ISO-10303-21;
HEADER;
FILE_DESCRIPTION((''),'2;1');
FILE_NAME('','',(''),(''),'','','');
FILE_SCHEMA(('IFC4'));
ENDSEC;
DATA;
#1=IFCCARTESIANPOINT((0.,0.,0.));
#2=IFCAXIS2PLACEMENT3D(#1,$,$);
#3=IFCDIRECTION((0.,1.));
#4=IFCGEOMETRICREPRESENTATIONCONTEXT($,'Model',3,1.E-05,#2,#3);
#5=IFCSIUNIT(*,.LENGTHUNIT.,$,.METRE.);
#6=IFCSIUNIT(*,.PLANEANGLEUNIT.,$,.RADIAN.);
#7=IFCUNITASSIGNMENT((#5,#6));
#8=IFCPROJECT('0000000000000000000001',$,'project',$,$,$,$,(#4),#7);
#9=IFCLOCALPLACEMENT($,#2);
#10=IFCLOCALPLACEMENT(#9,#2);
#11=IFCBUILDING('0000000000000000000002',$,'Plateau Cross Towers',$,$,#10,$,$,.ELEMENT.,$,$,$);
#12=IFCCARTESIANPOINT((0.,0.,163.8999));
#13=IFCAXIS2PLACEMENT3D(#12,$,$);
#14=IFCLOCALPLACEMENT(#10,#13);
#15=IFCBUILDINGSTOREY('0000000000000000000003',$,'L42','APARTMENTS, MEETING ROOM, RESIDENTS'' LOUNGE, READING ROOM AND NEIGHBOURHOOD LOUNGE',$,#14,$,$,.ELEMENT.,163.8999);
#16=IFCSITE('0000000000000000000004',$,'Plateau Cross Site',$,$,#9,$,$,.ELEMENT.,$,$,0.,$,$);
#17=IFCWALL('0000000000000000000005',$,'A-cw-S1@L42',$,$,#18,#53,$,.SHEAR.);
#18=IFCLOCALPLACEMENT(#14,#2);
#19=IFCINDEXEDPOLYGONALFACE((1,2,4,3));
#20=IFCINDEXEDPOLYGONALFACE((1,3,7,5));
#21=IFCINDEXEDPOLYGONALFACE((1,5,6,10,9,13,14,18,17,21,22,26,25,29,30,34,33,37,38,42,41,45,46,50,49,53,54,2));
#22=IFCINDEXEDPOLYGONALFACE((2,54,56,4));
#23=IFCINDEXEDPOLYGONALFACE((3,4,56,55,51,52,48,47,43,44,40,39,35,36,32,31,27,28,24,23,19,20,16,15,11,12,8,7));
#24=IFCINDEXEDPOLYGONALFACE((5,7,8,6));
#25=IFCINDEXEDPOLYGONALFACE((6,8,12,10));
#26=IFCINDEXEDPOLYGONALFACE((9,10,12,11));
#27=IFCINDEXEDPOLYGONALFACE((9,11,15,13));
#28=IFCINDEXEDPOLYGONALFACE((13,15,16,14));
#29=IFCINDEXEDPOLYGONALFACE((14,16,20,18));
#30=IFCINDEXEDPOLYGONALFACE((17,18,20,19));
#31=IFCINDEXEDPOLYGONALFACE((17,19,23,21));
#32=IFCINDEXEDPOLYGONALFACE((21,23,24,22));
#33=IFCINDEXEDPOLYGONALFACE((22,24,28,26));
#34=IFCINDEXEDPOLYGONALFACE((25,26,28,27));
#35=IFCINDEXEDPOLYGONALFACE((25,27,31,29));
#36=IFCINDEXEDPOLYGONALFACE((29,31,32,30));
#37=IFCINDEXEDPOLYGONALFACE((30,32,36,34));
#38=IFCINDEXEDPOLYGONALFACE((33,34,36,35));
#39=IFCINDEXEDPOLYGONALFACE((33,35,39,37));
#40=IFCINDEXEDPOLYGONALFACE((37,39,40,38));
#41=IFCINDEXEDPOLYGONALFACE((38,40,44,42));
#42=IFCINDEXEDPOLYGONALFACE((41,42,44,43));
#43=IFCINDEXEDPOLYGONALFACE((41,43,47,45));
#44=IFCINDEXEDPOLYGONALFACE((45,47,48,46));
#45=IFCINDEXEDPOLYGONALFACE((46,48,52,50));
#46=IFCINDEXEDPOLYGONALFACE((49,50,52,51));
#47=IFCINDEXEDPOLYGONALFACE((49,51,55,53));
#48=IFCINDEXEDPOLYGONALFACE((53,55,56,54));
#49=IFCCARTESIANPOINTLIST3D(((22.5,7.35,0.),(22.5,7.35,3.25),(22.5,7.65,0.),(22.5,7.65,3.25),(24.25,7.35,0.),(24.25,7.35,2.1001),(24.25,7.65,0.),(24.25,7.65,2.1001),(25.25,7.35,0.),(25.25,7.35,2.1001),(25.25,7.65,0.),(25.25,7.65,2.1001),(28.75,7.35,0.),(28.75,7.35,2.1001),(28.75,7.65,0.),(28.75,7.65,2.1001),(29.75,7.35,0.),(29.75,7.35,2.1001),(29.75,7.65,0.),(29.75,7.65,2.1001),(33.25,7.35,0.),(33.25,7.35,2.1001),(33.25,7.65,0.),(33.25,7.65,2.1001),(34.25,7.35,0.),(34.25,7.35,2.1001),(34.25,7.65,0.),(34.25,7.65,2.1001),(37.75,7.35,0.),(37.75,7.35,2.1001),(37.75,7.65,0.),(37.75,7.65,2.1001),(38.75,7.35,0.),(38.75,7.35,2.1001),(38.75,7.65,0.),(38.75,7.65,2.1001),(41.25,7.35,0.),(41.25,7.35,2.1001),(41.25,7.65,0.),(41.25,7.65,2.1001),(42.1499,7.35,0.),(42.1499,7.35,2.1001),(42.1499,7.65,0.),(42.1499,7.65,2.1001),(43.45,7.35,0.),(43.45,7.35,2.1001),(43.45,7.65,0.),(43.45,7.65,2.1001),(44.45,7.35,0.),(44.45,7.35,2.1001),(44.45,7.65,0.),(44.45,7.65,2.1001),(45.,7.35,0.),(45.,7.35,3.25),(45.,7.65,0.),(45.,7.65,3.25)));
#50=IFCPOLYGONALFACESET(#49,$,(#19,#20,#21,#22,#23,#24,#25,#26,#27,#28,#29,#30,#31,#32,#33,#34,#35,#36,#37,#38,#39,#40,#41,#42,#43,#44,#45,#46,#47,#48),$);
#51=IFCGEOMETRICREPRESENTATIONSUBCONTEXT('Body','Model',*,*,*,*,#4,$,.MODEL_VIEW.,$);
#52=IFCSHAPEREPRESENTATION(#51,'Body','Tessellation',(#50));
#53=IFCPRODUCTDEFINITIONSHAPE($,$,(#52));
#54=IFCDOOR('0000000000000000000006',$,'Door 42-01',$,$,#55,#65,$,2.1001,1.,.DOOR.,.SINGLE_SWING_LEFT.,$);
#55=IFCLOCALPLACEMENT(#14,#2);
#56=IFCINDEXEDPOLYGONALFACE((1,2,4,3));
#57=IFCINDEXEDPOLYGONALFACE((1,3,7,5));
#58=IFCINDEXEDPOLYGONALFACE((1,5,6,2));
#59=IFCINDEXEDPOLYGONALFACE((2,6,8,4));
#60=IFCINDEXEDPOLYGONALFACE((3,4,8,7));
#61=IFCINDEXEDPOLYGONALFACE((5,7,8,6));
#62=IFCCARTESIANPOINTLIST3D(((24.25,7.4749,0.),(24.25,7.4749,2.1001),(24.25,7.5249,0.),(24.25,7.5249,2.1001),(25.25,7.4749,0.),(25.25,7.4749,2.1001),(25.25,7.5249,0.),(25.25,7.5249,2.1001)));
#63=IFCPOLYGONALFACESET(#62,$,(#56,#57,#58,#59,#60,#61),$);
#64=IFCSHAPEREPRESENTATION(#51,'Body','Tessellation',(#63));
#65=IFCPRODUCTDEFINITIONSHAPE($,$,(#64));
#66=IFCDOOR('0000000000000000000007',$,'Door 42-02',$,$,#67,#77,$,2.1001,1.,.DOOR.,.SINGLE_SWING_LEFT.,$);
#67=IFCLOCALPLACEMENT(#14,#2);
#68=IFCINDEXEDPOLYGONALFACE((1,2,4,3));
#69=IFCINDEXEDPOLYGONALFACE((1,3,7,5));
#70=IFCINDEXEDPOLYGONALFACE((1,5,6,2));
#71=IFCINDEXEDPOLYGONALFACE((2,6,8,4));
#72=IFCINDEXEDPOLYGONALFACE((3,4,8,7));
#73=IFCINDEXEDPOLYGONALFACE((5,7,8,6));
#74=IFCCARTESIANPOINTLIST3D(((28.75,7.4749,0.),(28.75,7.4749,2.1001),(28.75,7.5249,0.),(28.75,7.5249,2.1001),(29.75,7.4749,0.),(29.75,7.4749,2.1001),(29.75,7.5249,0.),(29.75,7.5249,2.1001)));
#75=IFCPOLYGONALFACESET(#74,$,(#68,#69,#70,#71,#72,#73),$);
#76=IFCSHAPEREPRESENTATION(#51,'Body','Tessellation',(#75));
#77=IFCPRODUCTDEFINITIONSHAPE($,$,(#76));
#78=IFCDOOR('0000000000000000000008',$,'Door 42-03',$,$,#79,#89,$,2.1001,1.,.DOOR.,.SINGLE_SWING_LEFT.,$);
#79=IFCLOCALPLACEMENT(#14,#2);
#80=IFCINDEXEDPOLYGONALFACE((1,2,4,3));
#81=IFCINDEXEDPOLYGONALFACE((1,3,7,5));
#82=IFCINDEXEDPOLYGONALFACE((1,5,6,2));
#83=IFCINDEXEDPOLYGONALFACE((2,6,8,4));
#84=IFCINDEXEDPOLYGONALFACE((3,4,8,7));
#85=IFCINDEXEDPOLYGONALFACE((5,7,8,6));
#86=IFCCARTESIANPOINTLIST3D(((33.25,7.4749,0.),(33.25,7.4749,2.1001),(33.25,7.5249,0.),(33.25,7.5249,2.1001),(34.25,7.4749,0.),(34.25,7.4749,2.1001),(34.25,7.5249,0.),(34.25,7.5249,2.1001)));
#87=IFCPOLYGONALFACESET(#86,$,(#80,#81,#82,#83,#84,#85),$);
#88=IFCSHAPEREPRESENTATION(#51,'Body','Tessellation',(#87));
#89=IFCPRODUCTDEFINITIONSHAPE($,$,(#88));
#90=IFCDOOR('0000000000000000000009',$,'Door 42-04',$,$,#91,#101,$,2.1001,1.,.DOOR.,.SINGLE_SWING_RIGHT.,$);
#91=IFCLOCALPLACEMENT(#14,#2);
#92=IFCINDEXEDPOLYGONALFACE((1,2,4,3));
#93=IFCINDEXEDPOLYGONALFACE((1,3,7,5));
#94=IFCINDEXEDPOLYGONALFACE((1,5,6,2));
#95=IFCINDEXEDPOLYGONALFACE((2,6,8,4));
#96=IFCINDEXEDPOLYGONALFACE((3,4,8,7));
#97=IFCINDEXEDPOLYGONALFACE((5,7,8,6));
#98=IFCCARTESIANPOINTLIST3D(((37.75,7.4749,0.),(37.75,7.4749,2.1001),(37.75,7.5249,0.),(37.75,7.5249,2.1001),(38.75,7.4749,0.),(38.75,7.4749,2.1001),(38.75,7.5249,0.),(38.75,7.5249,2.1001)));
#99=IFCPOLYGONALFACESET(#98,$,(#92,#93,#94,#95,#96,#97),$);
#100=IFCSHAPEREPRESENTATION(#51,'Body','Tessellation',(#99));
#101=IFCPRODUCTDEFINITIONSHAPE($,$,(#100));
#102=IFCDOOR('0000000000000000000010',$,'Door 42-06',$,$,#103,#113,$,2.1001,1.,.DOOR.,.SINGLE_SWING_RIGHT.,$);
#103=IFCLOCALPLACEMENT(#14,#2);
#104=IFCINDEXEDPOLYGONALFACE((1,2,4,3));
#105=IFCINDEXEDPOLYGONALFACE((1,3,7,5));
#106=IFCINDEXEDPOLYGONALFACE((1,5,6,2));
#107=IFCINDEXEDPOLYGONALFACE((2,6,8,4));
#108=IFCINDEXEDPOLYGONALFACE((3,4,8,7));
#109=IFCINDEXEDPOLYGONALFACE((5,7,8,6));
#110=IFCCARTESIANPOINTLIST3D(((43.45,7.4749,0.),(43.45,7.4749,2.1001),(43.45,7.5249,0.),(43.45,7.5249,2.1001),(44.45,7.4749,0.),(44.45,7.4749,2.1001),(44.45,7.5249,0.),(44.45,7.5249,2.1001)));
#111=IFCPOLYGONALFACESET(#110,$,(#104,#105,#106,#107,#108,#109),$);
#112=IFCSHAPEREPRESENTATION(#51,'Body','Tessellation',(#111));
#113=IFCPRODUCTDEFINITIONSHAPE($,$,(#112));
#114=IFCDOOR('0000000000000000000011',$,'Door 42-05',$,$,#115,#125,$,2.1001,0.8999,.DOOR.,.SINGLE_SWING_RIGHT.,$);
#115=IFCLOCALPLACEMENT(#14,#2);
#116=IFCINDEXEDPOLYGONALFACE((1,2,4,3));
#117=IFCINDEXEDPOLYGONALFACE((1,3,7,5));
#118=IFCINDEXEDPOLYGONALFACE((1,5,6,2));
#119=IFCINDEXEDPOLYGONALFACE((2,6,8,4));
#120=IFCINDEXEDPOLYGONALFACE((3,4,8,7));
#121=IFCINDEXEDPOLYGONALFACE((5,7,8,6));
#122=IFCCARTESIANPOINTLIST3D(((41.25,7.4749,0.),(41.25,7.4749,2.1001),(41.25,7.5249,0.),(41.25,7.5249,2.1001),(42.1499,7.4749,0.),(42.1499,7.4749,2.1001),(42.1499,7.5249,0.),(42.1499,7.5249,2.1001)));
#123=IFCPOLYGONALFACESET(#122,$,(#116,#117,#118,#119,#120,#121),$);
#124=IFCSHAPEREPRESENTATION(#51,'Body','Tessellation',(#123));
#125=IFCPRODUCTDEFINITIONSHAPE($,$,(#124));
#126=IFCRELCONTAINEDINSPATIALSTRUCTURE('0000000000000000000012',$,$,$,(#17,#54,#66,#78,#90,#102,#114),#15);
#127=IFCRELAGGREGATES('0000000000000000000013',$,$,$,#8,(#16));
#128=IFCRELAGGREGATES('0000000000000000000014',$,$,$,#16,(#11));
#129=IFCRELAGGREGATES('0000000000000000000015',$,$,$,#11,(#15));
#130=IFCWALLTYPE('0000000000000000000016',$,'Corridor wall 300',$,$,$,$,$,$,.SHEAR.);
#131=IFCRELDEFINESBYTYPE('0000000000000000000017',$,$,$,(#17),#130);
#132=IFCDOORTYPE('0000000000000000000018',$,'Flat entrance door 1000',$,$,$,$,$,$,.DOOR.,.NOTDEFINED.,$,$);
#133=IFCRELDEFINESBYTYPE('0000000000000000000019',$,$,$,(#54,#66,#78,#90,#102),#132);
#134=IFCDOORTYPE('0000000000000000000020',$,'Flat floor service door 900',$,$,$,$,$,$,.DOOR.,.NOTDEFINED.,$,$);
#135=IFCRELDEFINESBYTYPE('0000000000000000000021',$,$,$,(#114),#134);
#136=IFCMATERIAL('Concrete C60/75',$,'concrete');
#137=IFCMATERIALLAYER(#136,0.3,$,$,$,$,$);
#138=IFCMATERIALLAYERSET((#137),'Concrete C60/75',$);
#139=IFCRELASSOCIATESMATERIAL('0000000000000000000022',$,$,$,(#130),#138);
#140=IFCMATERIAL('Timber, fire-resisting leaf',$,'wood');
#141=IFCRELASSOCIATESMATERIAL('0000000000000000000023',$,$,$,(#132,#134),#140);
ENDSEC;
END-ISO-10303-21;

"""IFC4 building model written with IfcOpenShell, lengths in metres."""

from ifc_helpers import new_model, si_unit, direction, frame, frame_2d, origin, place, context, subcontext, project, spatial, rectangle, extrude, material, layer, layer_set, type_object, element, fill, save


model = new_model("IFC4")

# Units and contexts
model_context = context("Model", 3, precision=1e-05, world=origin(), true_north=direction((0.0, 1.0)))
body_context = subcontext(model_context, "Body", "Model", "MODEL_VIEW")
ifc_project = project(units=[si_unit("LENGTHUNIT", "METRE"), si_unit("PLANEANGLEUNIT", "RADIAN")], contexts=[model_context])

# Site, building, storey
site_placement = place(None, origin())
site = spatial("IfcSite", under=ifc_project, at=site_placement, Name="Plateau Cross Site", CompositionType="ELEMENT", RefElevation=0.0)
building_placement = place(site_placement, origin())
building = spatial("IfcBuilding", under=site, at=building_placement, Name="Plateau Cross Towers", CompositionType="ELEMENT")
storey_placement = place(building_placement, frame((0.0, 0.0, 163.8999)))
storey = spatial("IfcBuildingStorey", under=building, at=storey_placement, Name="L42", Description="APARTMENTS, MEETING ROOM, RESIDENTS' LOUNGE, READING ROOM AND NEIGHBOURHOOD LOUNGE", CompositionType="ELEMENT", Elevation=163.8999)

# Shared definitions
ifc_material_1 = material(Name="Concrete C60/75", Category="concrete")

# Wall, openings, doors
ifc_layer_1 = layer(ifc_material_1, 0.3)
ifc_layer_set_1 = layer_set([ifc_layer_1], Name="Concrete C60/75")
wall_type_1 = type_object("IfcWallType", Name="Corridor wall 300", PredefinedType="SHEAR", material=ifc_layer_set_1)
wall_1_placement = place(storey_placement, frame((22.5, 7.5, 0.0), z_axis=(0.0, 0.0, 1.0), x_axis=(1.0, 0.0, 0.0)))
wall_1 = element("IfcWall", 1, at=wall_1_placement, inside=storey, type_object=wall_type_1, Name="A-cw-S1@L42", PredefinedType="SHEAR", context=body_context, shape_type="SweptSolid", body=[
    extrude(rectangle(XDim=22.5, YDim=0.3, at=frame_2d((11.25, 0.0))), origin(), (0.0, 0.0, 1.0), 3.25),
])
opening_1_placement = place(wall_1_placement, frame((1.75, 0.0, 0.0)))
opening_1 = element("IfcOpeningElement", 2, at=opening_1_placement, cuts=wall_1, PredefinedType="OPENING", context=body_context, shape_type="SweptSolid", body=[
    extrude(rectangle(XDim=1.0, YDim=2.1001, at=frame_2d((0.5, 1.05))), frame((0.0, 0.1599, 0.0), z_axis=(0.0, -1.0, 0.0), x_axis=(1.0, 0.0, 0.0)), (0.0, 0.0, 1.0), 0.3201),
])
opening_2_placement = place(wall_1_placement, frame((6.25, 0.0, 0.0)))
opening_2 = element("IfcOpeningElement", 3, at=opening_2_placement, cuts=wall_1, PredefinedType="OPENING", context=body_context, shape_type="SweptSolid", body=[
    extrude(rectangle(XDim=1.0, YDim=2.1001, at=frame_2d((0.5, 1.05))), frame((0.0, 0.1599, 0.0), z_axis=(0.0, -1.0, 0.0), x_axis=(1.0, 0.0, 0.0)), (0.0, 0.0, 1.0), 0.3201),
])
opening_3_placement = place(wall_1_placement, frame((10.75, 0.0, 0.0)))
opening_3 = element("IfcOpeningElement", 4, at=opening_3_placement, cuts=wall_1, PredefinedType="OPENING", context=body_context, shape_type="SweptSolid", body=[
    extrude(rectangle(XDim=1.0, YDim=2.1001, at=frame_2d((0.5, 1.05))), frame((0.0, 0.1599, 0.0), z_axis=(0.0, -1.0, 0.0), x_axis=(1.0, 0.0, 0.0)), (0.0, 0.0, 1.0), 0.3201),
])
opening_4_placement = place(wall_1_placement, frame((15.25, 0.0, 0.0)))
opening_4 = element("IfcOpeningElement", 5, at=opening_4_placement, cuts=wall_1, PredefinedType="OPENING", context=body_context, shape_type="SweptSolid", body=[
    extrude(rectangle(XDim=1.0, YDim=2.1001, at=frame_2d((0.5, 1.05))), frame((0.0, 0.1599, 0.0), z_axis=(0.0, -1.0, 0.0), x_axis=(1.0, 0.0, 0.0)), (0.0, 0.0, 1.0), 0.3201),
])
opening_5_placement = place(wall_1_placement, frame((18.75, 0.0, 0.0)))
opening_5 = element("IfcOpeningElement", 6, at=opening_5_placement, cuts=wall_1, PredefinedType="OPENING", context=body_context, shape_type="SweptSolid", body=[
    extrude(rectangle(XDim=0.8999, YDim=2.1001, at=frame_2d((0.45, 1.05))), frame((0.0, 0.1599, 0.0), z_axis=(0.0, -1.0, 0.0), x_axis=(1.0, 0.0, 0.0)), (0.0, 0.0, 1.0), 0.3201),
])
opening_6_placement = place(wall_1_placement, frame((20.95, 0.0, 0.0)))
opening_6 = element("IfcOpeningElement", 7, at=opening_6_placement, cuts=wall_1, PredefinedType="OPENING", context=body_context, shape_type="SweptSolid", body=[
    extrude(rectangle(XDim=1.0, YDim=2.1001, at=frame_2d((0.5, 1.05))), frame((0.0, 0.1599, 0.0), z_axis=(0.0, -1.0, 0.0), x_axis=(1.0, 0.0, 0.0)), (0.0, 0.0, 1.0), 0.3201),
])
ifc_material_2 = material(Name="Timber, fire-resisting leaf", Category="wood")
door_type_1 = type_object("IfcDoorType", Name="Flat entrance door 1000", OperationType="NOTDEFINED", PredefinedType="DOOR", material=ifc_material_2)
door_1_placement = place(opening_1_placement, origin())
door_1 = element("IfcDoor", 8, at=door_1_placement, inside=storey, type_object=door_type_1, Name="Door 42-01", OperationType="SINGLE_SWING_LEFT", OverallHeight=2.1001, OverallWidth=1.0, PredefinedType="DOOR", context=body_context, shape_type="SweptSolid", body=[
    extrude(rectangle(XDim=1.0, YDim=2.1001, at=frame_2d((0.5, 1.05))), frame((0.0, 0.0249, 0.0), z_axis=(0.0, -1.0, 0.0), x_axis=(1.0, 0.0, 0.0)), (0.0, 0.0, 1.0), 0.05),
])
fill(opening_1, door_1)
door_2_placement = place(opening_2_placement, origin())
door_2 = element("IfcDoor", 9, at=door_2_placement, inside=storey, type_object=door_type_1, Name="Door 42-02", OperationType="SINGLE_SWING_LEFT", OverallHeight=2.1001, OverallWidth=1.0, PredefinedType="DOOR", context=body_context, shape_type="SweptSolid", body=[
    extrude(rectangle(XDim=1.0, YDim=2.1001, at=frame_2d((0.5, 1.05))), frame((0.0, 0.0249, 0.0), z_axis=(0.0, -1.0, 0.0), x_axis=(1.0, 0.0, 0.0)), (0.0, 0.0, 1.0), 0.05),
])
fill(opening_2, door_2)
door_3_placement = place(opening_3_placement, origin())
door_3 = element("IfcDoor", 10, at=door_3_placement, inside=storey, type_object=door_type_1, Name="Door 42-03", OperationType="SINGLE_SWING_LEFT", OverallHeight=2.1001, OverallWidth=1.0, PredefinedType="DOOR", context=body_context, shape_type="SweptSolid", body=[
    extrude(rectangle(XDim=1.0, YDim=2.1001, at=frame_2d((0.5, 1.05))), frame((0.0, 0.0249, 0.0), z_axis=(0.0, -1.0, 0.0), x_axis=(1.0, 0.0, 0.0)), (0.0, 0.0, 1.0), 0.05),
])
fill(opening_3, door_3)
door_4_placement = place(opening_4_placement, origin())
door_4 = element("IfcDoor", 11, at=door_4_placement, inside=storey, type_object=door_type_1, Name="Door 42-04", OperationType="SINGLE_SWING_RIGHT", OverallHeight=2.1001, OverallWidth=1.0, PredefinedType="DOOR", context=body_context, shape_type="SweptSolid", body=[
    extrude(rectangle(XDim=1.0, YDim=2.1001, at=frame_2d((0.5, 1.05))), frame((0.0, 0.0249, 0.0), z_axis=(0.0, -1.0, 0.0), x_axis=(1.0, 0.0, 0.0)), (0.0, 0.0, 1.0), 0.05),
])
fill(opening_4, door_4)
door_5_placement = place(opening_6_placement, origin())
door_5 = element("IfcDoor", 12, at=door_5_placement, inside=storey, type_object=door_type_1, Name="Door 42-06", OperationType="SINGLE_SWING_RIGHT", OverallHeight=2.1001, OverallWidth=1.0, PredefinedType="DOOR", context=body_context, shape_type="SweptSolid", body=[
    extrude(rectangle(XDim=1.0, YDim=2.1001, at=frame_2d((0.5, 1.05))), frame((0.0, 0.0249, 0.0), z_axis=(0.0, -1.0, 0.0), x_axis=(1.0, 0.0, 0.0)), (0.0, 0.0, 1.0), 0.05),
])
fill(opening_6, door_5)
door_type_2 = type_object("IfcDoorType", Name="Flat floor service door 900", OperationType="NOTDEFINED", PredefinedType="DOOR", material=ifc_material_2)
door_6_placement = place(opening_5_placement, origin())
door_6 = element("IfcDoor", 13, at=door_6_placement, inside=storey, type_object=door_type_2, Name="Door 42-05", OperationType="SINGLE_SWING_RIGHT", OverallHeight=2.1001, OverallWidth=0.8999, PredefinedType="DOOR", context=body_context, shape_type="SweptSolid", body=[
    extrude(rectangle(XDim=0.8999, YDim=2.1001, at=frame_2d((0.45, 1.05))), frame((0.0, 0.0249, 0.0), z_axis=(0.0, -1.0, 0.0), x_axis=(1.0, 0.0, 0.0)), (0.0, 0.0, 1.0), 0.05),
])
fill(opening_5, door_6)

save(model, "model.ifc")
